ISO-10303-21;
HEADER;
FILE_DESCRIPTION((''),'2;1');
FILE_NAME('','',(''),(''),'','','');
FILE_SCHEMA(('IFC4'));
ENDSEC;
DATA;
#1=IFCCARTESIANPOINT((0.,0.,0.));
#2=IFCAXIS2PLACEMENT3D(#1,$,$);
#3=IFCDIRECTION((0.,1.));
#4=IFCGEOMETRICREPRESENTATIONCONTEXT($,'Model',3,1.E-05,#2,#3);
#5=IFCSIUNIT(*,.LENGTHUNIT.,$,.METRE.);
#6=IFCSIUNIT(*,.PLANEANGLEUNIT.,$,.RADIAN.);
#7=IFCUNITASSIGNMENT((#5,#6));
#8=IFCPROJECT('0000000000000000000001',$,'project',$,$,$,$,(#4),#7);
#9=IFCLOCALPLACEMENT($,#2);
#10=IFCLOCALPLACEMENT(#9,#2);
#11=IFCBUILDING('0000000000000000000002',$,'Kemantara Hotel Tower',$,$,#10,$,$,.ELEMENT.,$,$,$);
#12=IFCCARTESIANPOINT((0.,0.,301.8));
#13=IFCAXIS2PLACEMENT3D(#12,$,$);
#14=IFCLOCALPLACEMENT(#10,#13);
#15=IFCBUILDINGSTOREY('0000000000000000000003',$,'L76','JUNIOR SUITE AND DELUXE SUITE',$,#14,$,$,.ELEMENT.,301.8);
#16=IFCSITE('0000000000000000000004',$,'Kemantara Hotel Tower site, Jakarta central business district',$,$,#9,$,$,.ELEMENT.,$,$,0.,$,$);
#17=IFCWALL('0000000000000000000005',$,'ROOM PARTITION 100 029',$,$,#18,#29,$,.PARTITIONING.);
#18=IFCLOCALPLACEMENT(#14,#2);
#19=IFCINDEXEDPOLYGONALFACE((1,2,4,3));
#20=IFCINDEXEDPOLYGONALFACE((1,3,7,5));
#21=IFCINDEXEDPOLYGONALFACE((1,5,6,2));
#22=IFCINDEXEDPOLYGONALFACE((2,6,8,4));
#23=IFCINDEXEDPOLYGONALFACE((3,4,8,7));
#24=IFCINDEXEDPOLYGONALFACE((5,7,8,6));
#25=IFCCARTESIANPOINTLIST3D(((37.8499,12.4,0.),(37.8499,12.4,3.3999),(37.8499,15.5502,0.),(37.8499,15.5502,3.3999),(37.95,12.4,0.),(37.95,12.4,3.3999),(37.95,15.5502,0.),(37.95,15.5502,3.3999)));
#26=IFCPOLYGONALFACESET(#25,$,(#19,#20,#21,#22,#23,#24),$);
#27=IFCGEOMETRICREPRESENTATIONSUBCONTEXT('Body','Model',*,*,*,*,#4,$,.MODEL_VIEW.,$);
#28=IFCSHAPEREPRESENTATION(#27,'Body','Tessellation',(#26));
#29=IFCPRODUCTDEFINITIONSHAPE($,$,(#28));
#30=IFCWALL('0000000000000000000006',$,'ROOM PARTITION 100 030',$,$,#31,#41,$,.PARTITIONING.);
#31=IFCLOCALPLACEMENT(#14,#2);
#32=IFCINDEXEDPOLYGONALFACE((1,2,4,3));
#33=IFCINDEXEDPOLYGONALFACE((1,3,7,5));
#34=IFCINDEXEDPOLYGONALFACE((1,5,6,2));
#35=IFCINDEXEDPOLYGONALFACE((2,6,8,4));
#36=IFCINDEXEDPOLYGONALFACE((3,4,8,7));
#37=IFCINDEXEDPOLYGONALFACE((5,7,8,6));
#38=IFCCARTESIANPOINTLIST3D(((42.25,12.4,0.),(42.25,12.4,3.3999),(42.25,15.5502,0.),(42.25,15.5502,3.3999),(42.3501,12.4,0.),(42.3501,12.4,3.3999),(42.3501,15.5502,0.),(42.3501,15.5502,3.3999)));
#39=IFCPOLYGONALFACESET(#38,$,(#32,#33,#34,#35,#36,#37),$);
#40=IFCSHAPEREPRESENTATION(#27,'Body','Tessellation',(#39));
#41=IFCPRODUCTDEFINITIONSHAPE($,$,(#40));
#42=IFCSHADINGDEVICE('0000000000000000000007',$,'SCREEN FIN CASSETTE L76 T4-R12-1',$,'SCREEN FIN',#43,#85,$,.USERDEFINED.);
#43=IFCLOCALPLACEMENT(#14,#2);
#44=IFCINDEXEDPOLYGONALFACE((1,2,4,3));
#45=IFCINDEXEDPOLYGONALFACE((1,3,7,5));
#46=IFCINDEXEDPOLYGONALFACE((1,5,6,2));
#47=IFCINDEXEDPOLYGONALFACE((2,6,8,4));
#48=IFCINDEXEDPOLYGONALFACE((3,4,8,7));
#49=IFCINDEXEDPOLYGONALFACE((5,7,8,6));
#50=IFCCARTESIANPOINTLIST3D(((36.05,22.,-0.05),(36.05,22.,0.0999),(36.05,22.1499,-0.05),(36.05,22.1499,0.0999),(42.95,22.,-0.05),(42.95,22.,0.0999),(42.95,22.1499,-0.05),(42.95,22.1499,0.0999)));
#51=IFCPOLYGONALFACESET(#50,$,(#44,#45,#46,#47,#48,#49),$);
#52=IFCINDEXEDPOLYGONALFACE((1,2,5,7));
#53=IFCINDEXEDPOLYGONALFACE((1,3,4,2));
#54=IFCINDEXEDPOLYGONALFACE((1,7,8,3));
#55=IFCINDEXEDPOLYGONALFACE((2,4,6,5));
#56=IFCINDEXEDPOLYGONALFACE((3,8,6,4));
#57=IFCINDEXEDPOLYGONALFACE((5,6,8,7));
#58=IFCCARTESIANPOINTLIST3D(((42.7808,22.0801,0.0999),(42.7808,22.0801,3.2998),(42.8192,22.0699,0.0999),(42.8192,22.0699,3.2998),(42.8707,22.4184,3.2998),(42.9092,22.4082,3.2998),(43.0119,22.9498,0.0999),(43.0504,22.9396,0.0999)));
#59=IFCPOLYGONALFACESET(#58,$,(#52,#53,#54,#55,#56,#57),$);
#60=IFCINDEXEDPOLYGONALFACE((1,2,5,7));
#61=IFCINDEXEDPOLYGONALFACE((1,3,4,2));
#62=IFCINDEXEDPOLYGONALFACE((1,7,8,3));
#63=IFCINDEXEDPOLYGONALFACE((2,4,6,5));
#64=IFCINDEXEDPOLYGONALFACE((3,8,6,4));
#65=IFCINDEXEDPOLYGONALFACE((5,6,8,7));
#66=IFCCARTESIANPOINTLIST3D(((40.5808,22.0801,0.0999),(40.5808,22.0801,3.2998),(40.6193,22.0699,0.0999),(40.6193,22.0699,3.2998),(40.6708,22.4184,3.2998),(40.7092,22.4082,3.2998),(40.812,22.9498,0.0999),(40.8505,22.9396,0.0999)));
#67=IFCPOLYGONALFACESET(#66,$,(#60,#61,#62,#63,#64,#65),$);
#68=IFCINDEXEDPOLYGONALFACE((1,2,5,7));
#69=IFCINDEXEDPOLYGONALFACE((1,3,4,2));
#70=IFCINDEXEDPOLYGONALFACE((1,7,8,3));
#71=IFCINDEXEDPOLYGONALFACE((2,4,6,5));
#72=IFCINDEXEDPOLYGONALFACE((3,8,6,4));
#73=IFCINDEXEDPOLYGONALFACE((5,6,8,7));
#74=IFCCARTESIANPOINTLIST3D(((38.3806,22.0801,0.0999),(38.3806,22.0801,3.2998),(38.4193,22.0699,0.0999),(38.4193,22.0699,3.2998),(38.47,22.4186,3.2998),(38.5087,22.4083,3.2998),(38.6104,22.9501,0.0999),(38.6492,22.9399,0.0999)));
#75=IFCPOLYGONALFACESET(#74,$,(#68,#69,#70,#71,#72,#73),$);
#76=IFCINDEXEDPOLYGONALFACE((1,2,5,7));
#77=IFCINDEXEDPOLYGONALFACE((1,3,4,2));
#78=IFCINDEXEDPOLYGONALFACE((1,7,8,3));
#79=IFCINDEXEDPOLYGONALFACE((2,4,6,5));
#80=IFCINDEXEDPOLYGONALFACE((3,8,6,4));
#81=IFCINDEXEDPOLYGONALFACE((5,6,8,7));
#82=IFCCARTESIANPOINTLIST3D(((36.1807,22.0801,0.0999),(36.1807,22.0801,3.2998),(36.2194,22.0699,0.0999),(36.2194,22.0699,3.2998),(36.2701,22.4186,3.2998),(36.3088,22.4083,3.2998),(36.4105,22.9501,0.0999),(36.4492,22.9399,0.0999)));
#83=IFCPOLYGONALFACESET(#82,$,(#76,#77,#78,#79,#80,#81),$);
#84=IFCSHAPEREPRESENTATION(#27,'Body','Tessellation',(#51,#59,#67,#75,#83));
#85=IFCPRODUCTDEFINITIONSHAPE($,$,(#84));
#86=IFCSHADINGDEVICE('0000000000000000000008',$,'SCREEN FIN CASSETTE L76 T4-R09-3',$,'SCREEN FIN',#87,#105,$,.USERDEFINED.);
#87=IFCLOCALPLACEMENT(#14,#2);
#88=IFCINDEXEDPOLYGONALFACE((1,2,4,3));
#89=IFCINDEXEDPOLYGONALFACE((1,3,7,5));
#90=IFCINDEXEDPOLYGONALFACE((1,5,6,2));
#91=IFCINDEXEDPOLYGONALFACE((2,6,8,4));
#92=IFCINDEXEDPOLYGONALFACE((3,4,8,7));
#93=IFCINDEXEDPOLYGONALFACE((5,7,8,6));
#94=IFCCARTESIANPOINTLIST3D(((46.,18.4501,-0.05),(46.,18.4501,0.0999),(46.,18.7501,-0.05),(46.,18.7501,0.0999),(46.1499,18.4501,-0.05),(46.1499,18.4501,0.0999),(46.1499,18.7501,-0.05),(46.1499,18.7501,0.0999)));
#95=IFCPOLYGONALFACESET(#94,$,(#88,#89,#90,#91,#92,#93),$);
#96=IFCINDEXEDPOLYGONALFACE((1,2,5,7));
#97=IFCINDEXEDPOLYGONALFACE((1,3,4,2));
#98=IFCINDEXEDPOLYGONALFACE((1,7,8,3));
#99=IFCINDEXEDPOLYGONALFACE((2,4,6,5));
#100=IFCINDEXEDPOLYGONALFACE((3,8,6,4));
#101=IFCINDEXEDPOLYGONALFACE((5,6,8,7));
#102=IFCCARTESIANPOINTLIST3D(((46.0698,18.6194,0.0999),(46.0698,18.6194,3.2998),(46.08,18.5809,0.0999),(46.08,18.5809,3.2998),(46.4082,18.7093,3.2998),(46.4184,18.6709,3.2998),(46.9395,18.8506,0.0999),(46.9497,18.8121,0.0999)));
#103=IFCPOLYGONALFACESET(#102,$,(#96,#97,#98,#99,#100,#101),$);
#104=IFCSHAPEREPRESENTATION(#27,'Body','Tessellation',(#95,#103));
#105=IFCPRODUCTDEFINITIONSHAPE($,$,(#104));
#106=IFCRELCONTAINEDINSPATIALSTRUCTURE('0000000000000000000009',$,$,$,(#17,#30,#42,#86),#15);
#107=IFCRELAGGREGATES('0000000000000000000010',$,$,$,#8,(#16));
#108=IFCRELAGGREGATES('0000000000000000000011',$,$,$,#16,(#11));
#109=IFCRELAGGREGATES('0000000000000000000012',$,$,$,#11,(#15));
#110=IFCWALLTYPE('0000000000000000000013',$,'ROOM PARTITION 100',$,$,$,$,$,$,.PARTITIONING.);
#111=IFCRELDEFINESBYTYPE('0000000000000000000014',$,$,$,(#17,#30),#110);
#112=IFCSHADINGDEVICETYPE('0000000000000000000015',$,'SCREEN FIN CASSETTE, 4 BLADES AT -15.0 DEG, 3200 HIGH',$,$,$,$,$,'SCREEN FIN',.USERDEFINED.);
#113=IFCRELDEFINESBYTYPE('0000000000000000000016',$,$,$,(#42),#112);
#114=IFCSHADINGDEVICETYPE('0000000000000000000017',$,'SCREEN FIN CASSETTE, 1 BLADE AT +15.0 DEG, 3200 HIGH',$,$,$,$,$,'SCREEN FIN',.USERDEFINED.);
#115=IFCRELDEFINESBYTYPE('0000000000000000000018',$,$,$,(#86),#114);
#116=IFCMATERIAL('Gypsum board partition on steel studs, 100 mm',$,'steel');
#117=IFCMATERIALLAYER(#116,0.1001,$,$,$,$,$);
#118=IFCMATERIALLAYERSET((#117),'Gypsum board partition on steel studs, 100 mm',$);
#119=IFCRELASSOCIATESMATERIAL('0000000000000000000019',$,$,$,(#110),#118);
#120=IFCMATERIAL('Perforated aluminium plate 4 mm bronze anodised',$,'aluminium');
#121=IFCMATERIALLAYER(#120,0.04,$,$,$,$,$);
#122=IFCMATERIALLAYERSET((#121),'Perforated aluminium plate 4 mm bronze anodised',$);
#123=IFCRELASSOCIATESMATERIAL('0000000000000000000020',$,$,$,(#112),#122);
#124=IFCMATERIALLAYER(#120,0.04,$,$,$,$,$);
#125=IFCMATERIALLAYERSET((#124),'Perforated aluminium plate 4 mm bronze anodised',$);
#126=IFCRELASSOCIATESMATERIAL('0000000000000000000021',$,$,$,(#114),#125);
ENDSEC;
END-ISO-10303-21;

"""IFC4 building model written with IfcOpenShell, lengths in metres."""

from ifc_helpers import new_model, si_unit, direction, frame, frame_2d, origin, origin_2d, place, context, subcontext, project, spatial, polyline, rectangle, outline, extrude, source, transform, mapped, material, layer, layer_set, type_object, element, save


model = new_model("IFC4")

# Units and contexts
model_context = context("Model", 3, precision=1e-05, world=origin(), true_north=direction((0.0, 1.0)))
body_context = subcontext(model_context, "Body", "Model", "MODEL_VIEW")
ifc_project = project(units=[si_unit("LENGTHUNIT", "METRE"), si_unit("PLANEANGLEUNIT", "RADIAN")], contexts=[model_context])

# Site, building, storey
site_placement = place(None, origin())
site = spatial("IfcSite", under=ifc_project, at=site_placement, Name="Kemantara Hotel Tower site, Jakarta central business district", CompositionType="ELEMENT", RefElevation=0.0)
building_placement = place(site_placement, origin())
building = spatial("IfcBuilding", under=site, at=building_placement, Name="Kemantara Hotel Tower", CompositionType="ELEMENT")
storey_placement = place(building_placement, frame((0.0, 0.0, 301.8)))
storey = spatial("IfcBuildingStorey", under=building, at=storey_placement, Name="L76", Description="JUNIOR SUITE AND DELUXE SUITE", CompositionType="ELEMENT", Elevation=301.8)

# Walls
ifc_material_1 = material(Name="Gypsum board partition on steel studs, 100 mm", Category="steel")
ifc_layer_1 = layer(ifc_material_1, 0.1001)
ifc_layer_set_1 = layer_set([ifc_layer_1], Name="Gypsum board partition on steel studs, 100 mm")
wall_type_1 = type_object("IfcWallType", Name="ROOM PARTITION 100", PredefinedType="PARTITIONING", material=ifc_layer_set_1)
for number, where, z_axis, x_axis, name in (
    (1, (37.8999, 12.3999, 0.0), (0.0, 0.0, 1.0), (0.0, 1.0, 0.0), "ROOM PARTITION 100 029"),
    (2, (42.3, 12.3999, 0.0), (0.0, 0.0, 1.0), (0.0, 1.0, 0.0), "ROOM PARTITION 100 030"),
):
    element("IfcWall", number, at=place(storey_placement, frame(where, z_axis=z_axis, x_axis=x_axis)), inside=storey, type_object=wall_type_1, Name=name, PredefinedType="PARTITIONING", context=body_context, shape_type="SweptSolid", body=[
        extrude(rectangle(XDim=3.1501, YDim=0.1001, at=frame_2d((1.5752, 0.0))), origin(), (0.0, 0.0, 1.0), 3.3999),
    ])

# Shading devices
ifc_material_2 = material(Name="Perforated aluminium plate 4 mm bronze anodised", Category="aluminium")
ifc_layer_2 = layer(ifc_material_2, 0.04)
ifc_layer_set_2 = layer_set([ifc_layer_2], Name="Perforated aluminium plate 4 mm bronze anodised")
shading_device_type_1 = type_object("IfcShadingDeviceType", Name="SCREEN FIN CASSETTE, 4 BLADES AT -15.0 DEG, 3200 HIGH", ElementType="SCREEN FIN", PredefinedType="USERDEFINED", material=ifc_layer_set_2)
shared_shape_1 = source(origin(), body_context, "Body", "SweptSolid", [
    extrude(rectangle(XDim=6.8999, YDim=0.1499, at=origin_2d()), frame((3.3, -0.075, -0.1499), z_axis=(0.0, 0.0, 1.0), x_axis=(1.0, 0.0, 0.0)), (0.0, 0.0, 1.0), 0.1499),
    extrude(outline(polyline([(0.0, 0.0), (0.8999, 0.0), (0.3501, 3.2), (0.0, 3.2), (0.0, 0.0)])), frame((0.0193, -0.0801, 0.0), z_axis=(-0.966438, 0.256901, 0.0), x_axis=(-0.256901, -0.966438, 0.0)), (0.0, 0.0, 1.0), 0.0398),
    extrude(outline(polyline([(0.0, 0.0), (0.8999, 0.0), (0.3501, 3.2), (0.0, 3.2), (0.0, 0.0)])), frame((2.2192, -0.0801, 0.0), z_axis=(-0.966438, 0.256901, 0.0), x_axis=(-0.256901, -0.966438, 0.0)), (0.0, 0.0, 1.0), 0.0398),
    extrude(outline(polyline([(0.0, 0.0), (0.8999, 0.0), (0.3501, 3.2), (0.0, 3.2), (0.0, 0.0)])), frame((4.4194, -0.0801, 0.0), z_axis=(-0.966838, 0.255391, 0.0), x_axis=(-0.255391, -0.966838, 0.0)), (0.0, 0.0, 1.0), 0.04),
    extrude(outline(polyline([(0.0, 0.0), (0.8999, 0.0), (0.3501, 3.2), (0.0, 3.2), (0.0, 0.0)])), frame((6.6194, -0.0801, 0.0), z_axis=(-0.966838, 0.255391, 0.0), x_axis=(-0.255391, -0.966838, 0.0)), (0.0, 0.0, 1.0), 0.04),
])
shading_device_1_placement = place(storey_placement, frame((42.8, 22.0, 0.0999), z_axis=(0.0, 0.0, 1.0), x_axis=(-1.0, 0.0, 0.0)))
element("IfcShadingDevice", 3, at=shading_device_1_placement, inside=storey, type_object=shading_device_type_1, Name="SCREEN FIN CASSETTE L76 T4-R12-1", ObjectType="SCREEN FIN", PredefinedType="USERDEFINED", context=body_context, shape_type="MappedRepresentation", body=[
    mapped(shared_shape_1, transform((0.0, 0.0, 0.0))),
])
ifc_layer_3 = layer(ifc_material_2, 0.04)
ifc_layer_set_3 = layer_set([ifc_layer_3], Name="Perforated aluminium plate 4 mm bronze anodised")
shading_device_type_2 = type_object("IfcShadingDeviceType", Name="SCREEN FIN CASSETTE, 1 BLADE AT +15.0 DEG, 3200 HIGH", ElementType="SCREEN FIN", PredefinedType="USERDEFINED", material=ifc_layer_set_3)
shared_shape_2 = source(origin(), body_context, "Body", "SweptSolid", [
    extrude(rectangle(XDim=0.3, YDim=0.1499, at=origin_2d()), frame((0.0, -0.075, -0.1499), z_axis=(0.0, 0.0, 1.0), x_axis=(1.0, 0.0, 0.0)), (0.0, 0.0, 1.0), 0.1499),
    extrude(outline(polyline([(0.0, 0.0), (0.8999, 0.0), (0.3501, 3.2), (0.0, 3.2), (0.0, 0.0)])), frame((0.0193, -0.0698, 0.0), z_axis=(-0.966438, -0.256901, 0.0), x_axis=(0.256901, -0.966438, 0.0)), (0.0, 0.0, 1.0), 0.0398),
])
shading_device_2_placement = place(storey_placement, frame((46.0, 18.6001, 0.0999), z_axis=(0.0, 0.0, 1.0), x_axis=(0.0, 1.0, 0.0)))
element("IfcShadingDevice", 4, at=shading_device_2_placement, inside=storey, type_object=shading_device_type_2, Name="SCREEN FIN CASSETTE L76 T4-R09-3", ObjectType="SCREEN FIN", PredefinedType="USERDEFINED", context=body_context, shape_type="MappedRepresentation", body=[
    mapped(shared_shape_2, transform((0.0, 0.0, 0.0))),
])

save(model, "model.ifc")
